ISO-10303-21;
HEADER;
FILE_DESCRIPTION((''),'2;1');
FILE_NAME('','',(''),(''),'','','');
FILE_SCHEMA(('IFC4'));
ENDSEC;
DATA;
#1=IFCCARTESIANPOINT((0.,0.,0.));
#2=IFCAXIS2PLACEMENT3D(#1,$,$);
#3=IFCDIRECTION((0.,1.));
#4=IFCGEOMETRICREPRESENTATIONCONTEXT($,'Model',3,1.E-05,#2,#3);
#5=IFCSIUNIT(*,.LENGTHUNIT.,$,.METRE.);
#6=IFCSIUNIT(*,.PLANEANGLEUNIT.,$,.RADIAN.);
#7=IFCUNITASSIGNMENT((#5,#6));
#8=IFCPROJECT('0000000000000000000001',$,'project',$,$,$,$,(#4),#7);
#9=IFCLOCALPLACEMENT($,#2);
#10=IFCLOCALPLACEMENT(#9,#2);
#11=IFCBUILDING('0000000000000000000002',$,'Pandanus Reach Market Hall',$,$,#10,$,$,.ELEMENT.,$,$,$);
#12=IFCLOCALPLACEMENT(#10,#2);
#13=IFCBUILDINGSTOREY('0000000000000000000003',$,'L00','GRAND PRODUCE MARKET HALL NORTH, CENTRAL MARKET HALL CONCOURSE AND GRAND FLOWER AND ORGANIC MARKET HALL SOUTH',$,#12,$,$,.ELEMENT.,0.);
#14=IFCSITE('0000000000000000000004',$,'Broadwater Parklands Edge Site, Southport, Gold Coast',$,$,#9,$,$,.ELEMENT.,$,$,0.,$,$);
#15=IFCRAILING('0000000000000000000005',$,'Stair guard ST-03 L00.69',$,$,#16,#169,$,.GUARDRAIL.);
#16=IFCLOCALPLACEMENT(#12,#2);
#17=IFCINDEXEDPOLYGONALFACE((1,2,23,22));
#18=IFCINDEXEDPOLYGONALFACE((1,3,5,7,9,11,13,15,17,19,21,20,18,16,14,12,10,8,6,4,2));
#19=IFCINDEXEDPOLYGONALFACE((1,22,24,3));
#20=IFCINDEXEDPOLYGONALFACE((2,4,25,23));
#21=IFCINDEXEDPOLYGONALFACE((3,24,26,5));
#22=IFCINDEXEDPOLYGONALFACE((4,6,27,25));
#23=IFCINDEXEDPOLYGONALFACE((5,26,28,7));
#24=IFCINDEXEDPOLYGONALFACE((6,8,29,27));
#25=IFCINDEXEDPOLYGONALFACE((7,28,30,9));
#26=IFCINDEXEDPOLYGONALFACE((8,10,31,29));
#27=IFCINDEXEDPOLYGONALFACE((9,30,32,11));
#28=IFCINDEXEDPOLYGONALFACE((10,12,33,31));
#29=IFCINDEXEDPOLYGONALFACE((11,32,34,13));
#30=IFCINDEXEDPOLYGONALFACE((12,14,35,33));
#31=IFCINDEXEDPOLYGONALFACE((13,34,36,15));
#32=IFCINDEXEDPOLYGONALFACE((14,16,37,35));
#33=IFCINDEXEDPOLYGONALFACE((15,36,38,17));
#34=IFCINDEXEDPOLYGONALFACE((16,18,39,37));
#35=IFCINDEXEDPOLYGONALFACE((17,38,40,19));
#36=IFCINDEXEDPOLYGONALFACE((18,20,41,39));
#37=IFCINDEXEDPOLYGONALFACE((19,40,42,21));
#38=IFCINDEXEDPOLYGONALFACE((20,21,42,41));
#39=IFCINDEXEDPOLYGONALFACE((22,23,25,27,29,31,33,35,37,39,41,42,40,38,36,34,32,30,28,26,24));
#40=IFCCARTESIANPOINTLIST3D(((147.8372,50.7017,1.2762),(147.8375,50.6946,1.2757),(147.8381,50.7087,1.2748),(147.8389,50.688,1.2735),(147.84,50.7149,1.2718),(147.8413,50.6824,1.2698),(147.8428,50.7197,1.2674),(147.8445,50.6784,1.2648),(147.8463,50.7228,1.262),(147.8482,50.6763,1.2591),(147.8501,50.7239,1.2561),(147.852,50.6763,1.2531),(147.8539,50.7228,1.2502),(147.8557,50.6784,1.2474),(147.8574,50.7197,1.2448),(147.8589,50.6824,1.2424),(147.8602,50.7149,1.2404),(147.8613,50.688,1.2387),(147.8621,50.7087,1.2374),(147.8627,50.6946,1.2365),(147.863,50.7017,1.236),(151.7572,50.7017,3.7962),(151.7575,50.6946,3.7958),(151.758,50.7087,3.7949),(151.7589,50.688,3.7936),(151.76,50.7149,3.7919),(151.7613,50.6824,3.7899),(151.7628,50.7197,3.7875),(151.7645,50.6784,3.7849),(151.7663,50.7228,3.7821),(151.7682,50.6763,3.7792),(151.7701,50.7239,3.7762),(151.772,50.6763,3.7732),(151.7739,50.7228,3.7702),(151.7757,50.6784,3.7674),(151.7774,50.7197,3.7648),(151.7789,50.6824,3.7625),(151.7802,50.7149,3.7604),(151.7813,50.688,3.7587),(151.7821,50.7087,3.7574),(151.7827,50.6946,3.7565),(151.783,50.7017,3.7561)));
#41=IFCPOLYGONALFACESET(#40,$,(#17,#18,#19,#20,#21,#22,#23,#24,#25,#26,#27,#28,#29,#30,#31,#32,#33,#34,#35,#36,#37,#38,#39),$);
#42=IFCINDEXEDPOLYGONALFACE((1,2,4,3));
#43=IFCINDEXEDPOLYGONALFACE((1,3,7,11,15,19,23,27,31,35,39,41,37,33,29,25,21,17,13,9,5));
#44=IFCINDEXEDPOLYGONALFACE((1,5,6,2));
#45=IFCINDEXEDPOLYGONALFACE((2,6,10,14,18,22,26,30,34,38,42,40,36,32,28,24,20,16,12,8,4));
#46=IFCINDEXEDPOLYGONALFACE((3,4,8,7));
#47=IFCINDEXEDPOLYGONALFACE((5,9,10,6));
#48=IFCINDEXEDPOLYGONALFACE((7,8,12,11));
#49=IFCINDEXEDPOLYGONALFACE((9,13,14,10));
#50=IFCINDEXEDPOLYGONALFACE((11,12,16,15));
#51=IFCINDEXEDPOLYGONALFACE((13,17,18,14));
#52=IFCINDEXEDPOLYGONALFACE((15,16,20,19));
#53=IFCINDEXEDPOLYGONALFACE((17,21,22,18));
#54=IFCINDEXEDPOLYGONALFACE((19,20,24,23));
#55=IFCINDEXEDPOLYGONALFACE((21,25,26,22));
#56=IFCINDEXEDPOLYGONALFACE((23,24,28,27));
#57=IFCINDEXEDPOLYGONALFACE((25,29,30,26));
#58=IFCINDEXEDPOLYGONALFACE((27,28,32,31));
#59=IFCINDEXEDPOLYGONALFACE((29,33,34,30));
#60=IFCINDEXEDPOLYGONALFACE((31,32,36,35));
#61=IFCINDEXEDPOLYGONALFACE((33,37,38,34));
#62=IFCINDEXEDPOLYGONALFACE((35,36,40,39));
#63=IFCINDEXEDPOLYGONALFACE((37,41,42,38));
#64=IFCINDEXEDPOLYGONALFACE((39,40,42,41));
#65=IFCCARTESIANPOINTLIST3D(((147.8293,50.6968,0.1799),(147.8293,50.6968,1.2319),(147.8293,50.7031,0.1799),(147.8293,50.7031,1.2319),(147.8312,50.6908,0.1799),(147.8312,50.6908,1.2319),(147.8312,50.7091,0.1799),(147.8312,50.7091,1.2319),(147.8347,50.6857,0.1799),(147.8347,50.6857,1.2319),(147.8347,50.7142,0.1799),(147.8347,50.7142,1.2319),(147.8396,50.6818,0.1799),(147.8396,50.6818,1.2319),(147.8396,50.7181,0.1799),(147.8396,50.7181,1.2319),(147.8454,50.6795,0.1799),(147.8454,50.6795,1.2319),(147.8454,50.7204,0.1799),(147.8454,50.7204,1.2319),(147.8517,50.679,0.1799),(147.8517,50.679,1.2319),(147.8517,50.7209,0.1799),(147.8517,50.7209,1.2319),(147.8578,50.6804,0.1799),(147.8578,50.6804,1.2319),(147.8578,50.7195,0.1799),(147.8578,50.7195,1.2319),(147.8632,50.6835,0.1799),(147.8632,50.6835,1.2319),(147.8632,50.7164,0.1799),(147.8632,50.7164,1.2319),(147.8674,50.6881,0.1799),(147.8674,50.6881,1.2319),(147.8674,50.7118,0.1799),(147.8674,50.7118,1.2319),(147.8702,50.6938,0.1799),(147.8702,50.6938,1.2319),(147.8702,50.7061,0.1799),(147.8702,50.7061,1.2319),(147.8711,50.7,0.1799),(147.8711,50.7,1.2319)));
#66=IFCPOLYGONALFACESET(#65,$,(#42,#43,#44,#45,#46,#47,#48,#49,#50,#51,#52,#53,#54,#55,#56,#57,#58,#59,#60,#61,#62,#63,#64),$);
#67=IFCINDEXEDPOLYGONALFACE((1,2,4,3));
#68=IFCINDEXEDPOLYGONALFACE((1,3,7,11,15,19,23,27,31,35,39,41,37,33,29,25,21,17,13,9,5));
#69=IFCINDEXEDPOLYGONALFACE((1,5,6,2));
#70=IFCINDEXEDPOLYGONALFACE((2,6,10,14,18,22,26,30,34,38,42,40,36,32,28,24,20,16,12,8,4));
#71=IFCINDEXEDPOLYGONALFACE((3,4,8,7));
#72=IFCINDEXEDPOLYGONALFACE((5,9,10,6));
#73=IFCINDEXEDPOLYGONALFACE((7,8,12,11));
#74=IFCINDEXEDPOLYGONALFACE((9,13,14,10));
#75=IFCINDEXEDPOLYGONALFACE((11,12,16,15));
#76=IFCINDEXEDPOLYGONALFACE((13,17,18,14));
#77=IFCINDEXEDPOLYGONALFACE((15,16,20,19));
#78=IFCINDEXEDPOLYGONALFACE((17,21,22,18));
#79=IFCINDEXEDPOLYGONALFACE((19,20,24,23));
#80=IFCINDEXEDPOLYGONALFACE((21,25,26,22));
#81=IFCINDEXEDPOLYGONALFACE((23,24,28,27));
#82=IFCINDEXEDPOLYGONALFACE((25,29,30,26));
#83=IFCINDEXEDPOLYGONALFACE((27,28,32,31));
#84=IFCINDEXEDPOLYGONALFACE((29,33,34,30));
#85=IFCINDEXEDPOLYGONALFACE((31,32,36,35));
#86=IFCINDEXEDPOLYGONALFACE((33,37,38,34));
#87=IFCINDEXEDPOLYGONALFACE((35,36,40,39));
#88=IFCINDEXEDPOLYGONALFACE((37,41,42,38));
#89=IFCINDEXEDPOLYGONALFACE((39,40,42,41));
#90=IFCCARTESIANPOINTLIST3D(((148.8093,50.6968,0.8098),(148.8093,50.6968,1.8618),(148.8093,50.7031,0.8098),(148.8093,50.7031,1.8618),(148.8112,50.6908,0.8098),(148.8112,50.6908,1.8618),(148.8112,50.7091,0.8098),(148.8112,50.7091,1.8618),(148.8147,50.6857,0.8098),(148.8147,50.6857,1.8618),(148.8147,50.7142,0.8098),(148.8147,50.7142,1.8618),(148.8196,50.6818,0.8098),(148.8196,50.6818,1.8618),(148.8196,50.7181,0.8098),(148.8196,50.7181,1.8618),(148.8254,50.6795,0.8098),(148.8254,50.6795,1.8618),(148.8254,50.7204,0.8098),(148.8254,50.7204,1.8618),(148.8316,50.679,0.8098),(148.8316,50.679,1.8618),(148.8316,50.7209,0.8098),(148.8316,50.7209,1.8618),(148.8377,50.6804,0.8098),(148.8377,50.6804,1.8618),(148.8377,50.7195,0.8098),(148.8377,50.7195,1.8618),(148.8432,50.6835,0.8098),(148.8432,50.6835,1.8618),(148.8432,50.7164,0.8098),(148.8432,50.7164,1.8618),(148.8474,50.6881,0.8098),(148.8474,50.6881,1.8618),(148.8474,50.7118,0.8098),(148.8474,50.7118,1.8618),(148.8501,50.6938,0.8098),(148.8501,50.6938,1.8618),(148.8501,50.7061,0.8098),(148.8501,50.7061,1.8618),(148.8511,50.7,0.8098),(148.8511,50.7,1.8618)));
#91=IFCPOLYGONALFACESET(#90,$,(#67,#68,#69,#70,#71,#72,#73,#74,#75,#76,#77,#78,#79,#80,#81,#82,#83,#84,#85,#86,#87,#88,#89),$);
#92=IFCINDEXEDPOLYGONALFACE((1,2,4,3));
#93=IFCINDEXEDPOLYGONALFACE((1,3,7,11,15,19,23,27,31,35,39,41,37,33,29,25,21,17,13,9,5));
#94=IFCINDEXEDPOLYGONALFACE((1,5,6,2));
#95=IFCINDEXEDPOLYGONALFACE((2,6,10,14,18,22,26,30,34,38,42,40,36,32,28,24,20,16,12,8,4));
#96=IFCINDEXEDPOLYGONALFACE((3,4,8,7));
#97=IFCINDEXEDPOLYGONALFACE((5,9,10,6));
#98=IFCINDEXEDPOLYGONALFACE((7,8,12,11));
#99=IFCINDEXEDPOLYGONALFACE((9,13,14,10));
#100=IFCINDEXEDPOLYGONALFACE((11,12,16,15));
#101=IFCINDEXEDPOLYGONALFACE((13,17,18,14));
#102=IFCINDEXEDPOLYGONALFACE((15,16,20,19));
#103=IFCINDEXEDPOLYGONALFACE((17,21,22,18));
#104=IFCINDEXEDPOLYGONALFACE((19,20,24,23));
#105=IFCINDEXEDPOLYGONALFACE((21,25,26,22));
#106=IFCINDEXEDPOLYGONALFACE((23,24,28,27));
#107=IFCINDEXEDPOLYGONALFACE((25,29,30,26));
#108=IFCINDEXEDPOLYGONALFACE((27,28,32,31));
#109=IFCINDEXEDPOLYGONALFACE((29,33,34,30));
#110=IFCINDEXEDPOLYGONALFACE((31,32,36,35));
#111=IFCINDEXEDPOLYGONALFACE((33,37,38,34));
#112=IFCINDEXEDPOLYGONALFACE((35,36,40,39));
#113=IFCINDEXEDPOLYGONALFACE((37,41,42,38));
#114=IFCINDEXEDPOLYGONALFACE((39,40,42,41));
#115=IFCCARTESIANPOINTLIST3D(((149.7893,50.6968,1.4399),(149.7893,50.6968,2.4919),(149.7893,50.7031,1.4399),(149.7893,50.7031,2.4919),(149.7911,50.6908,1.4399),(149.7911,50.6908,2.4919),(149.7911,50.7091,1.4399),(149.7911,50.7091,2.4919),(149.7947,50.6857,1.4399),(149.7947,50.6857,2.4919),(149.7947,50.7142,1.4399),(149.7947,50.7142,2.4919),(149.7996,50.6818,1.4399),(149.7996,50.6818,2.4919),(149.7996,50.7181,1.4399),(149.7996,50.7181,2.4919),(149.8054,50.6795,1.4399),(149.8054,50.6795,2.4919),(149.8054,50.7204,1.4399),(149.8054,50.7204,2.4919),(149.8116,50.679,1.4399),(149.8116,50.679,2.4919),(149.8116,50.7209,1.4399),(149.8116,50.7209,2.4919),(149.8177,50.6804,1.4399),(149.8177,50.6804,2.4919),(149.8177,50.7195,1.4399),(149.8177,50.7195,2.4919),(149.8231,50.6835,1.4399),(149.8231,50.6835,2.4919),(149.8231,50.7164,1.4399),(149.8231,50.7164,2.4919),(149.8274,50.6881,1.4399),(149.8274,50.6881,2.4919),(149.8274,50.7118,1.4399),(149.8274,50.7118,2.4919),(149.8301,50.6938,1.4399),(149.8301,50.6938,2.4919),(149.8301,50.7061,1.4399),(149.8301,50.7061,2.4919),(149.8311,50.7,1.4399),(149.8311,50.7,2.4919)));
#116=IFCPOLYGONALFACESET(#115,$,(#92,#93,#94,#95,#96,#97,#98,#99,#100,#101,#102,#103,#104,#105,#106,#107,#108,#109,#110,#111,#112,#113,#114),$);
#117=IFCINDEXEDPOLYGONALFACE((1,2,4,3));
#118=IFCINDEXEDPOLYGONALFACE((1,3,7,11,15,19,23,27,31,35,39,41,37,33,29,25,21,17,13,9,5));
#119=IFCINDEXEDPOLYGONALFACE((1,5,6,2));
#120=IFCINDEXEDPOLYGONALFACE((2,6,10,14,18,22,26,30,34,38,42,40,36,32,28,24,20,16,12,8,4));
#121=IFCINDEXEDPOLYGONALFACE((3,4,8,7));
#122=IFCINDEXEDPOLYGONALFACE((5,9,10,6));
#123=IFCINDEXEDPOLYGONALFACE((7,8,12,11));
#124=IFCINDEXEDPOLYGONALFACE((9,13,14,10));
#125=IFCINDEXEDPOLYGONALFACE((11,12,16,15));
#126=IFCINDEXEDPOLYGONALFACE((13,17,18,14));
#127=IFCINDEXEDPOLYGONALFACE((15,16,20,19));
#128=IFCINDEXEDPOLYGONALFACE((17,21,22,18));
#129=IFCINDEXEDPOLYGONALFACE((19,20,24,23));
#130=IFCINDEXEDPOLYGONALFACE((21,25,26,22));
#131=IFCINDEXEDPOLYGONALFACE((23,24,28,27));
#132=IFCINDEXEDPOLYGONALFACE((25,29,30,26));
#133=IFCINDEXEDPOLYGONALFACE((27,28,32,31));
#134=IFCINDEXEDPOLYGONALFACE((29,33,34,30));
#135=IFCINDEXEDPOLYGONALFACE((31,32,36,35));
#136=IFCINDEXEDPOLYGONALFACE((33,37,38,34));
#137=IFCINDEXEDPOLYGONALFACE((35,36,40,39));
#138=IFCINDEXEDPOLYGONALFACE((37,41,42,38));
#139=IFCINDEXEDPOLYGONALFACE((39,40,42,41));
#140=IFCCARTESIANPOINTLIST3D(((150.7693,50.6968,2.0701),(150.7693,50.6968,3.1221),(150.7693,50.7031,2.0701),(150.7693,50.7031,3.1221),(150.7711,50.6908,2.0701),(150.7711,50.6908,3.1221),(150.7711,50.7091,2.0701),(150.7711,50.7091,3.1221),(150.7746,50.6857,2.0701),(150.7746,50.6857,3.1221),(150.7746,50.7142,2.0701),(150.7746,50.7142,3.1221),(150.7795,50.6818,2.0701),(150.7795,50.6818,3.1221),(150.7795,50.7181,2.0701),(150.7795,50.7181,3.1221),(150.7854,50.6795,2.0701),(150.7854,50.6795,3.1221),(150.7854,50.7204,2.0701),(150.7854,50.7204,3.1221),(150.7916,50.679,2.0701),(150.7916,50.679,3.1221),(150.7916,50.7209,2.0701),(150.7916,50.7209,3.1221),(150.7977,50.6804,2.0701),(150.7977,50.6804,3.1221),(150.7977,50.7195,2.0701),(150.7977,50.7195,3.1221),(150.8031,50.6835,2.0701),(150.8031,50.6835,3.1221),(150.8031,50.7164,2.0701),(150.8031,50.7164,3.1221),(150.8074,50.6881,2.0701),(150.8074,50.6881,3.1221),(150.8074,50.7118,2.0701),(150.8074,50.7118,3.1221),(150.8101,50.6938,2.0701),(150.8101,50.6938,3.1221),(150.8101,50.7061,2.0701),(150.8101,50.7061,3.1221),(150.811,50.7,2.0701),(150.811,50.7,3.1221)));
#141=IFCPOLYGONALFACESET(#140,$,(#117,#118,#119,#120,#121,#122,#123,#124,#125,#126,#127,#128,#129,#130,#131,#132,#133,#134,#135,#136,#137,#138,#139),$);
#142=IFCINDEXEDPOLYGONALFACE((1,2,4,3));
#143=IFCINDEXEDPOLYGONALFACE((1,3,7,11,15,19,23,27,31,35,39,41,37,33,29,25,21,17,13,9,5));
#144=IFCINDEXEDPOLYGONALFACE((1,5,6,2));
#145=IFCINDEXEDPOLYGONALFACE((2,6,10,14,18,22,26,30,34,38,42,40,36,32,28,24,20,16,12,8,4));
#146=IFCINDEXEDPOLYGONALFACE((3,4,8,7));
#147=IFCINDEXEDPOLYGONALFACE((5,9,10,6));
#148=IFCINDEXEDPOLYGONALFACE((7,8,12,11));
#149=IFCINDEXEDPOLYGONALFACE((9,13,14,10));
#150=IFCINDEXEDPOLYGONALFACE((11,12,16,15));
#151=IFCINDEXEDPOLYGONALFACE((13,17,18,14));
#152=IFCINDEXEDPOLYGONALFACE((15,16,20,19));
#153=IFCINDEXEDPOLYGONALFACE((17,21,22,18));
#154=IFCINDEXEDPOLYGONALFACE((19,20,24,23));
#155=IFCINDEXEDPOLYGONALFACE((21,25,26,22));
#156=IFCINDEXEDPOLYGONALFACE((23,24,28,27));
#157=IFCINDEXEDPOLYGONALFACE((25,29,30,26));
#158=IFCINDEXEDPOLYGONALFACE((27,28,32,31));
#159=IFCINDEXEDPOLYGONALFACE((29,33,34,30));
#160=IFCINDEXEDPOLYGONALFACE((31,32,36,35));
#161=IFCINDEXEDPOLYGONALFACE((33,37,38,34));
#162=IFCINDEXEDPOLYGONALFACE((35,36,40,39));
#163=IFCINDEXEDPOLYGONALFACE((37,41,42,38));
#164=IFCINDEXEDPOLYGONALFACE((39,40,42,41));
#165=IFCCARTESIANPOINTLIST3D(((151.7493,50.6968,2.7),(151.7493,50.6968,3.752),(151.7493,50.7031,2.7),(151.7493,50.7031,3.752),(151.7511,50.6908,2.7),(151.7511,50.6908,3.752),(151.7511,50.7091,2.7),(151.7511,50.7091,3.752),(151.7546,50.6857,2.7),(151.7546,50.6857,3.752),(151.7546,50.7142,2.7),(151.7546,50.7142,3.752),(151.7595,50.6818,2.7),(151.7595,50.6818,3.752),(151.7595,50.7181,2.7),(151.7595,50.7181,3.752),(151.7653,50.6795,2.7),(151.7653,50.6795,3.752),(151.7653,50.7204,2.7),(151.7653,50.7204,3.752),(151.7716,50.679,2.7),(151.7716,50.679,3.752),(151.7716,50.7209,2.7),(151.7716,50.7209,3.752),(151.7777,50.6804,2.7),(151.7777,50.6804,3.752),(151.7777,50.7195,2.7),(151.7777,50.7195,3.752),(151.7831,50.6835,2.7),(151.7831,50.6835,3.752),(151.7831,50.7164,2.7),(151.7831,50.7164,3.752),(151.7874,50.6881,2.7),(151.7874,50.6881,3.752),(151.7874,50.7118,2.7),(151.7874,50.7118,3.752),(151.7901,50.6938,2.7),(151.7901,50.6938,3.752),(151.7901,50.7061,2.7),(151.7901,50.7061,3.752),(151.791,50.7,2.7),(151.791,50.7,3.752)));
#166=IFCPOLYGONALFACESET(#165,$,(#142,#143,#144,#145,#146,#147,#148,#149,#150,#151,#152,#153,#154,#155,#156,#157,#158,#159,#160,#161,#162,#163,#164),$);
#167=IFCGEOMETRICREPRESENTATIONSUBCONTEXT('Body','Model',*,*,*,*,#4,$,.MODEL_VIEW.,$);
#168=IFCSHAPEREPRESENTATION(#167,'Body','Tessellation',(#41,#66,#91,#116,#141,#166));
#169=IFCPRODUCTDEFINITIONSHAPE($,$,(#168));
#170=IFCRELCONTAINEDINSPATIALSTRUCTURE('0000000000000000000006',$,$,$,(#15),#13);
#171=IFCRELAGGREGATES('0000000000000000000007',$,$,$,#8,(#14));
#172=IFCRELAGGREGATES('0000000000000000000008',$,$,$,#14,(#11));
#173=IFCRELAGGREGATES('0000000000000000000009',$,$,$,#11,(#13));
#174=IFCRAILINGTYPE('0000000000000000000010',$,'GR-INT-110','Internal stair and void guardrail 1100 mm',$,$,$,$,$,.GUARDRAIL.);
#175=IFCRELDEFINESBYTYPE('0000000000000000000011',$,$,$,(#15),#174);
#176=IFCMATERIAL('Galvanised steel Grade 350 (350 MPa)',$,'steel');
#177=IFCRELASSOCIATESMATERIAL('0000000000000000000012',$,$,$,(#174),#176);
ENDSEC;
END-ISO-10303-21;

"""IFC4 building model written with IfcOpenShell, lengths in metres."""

from ifc_helpers import new_model, si_unit, direction, frame, origin, origin_2d, place, context, subcontext, project, spatial, circle, extrude, material, type_object, element, save


model = new_model("IFC4")

# Units and contexts
model_context = context("Model", 3, precision=1e-05, world=origin(), true_north=direction((0.0, 1.0)))
body_context = subcontext(model_context, "Body", "Model", "MODEL_VIEW")
ifc_project = project(units=[si_unit("LENGTHUNIT", "METRE"), si_unit("PLANEANGLEUNIT", "RADIAN")], contexts=[model_context])

# Site, building, storey
site_placement = place(None, origin())
site = spatial("IfcSite", under=ifc_project, at=site_placement, Name="Broadwater Parklands Edge Site, Southport, Gold Coast", CompositionType="ELEMENT", RefElevation=0.0)
building_placement = place(site_placement, origin())
building = spatial("IfcBuilding", under=site, at=building_placement, Name="Pandanus Reach Market Hall", CompositionType="ELEMENT")
storey_placement = place(building_placement, origin())
storey = spatial("IfcBuildingStorey", under=building, at=storey_placement, Name="L00", Description="GRAND PRODUCE MARKET HALL NORTH, CENTRAL MARKET HALL CONCOURSE AND GRAND FLOWER AND ORGANIC MARKET HALL SOUTH", CompositionType="ELEMENT", Elevation=0.0)

# Railing
ifc_material_1 = material(Name="Galvanised steel Grade 350 (350 MPa)", Category="steel")
railing_type_1 = type_object("IfcRailingType", Name="GR-INT-110", Description="Internal stair and void guardrail 1100 mm", PredefinedType="GUARDRAIL", material=ifc_material_1)
railing_1_placement = place(storey_placement, frame((147.8501, 50.7, 0.1799)))
element("IfcRailing", 1, at=railing_1_placement, inside=storey, type_object=railing_type_1, Name="Stair guard ST-03 L00.69", PredefinedType="GUARDRAIL", context=body_context, shape_type="SweptSolid", body=[
    extrude(circle(Radius=0.0239, at=origin_2d()), frame((0.0, 0.0, 1.0762), z_axis=(0.841172, 0.0, 0.540768), x_axis=(0.0, 1.0, 0.0)), (0.0, 0.0, 1.0), 4.6602),
    extrude(circle(Radius=0.021, at=origin_2d()), origin(), (0.0, 0.0, 1.0), 1.052),
    extrude(circle(Radius=0.021, at=origin_2d()), frame((0.98, 0.0, 0.6299)), (0.0, 0.0, 1.0), 1.052),
    extrude(circle(Radius=0.021, at=origin_2d()), frame((1.96, 0.0, 1.26)), (0.0, 0.0, 1.0), 1.052),
    extrude(circle(Radius=0.021, at=origin_2d()), frame((2.9399, 0.0, 1.8901)), (0.0, 0.0, 1.0), 1.052),
    extrude(circle(Radius=0.021, at=origin_2d()), frame((3.9199, 0.0, 2.52)), (0.0, 0.0, 1.0), 1.052),
])

save(model, "model.ifc")
